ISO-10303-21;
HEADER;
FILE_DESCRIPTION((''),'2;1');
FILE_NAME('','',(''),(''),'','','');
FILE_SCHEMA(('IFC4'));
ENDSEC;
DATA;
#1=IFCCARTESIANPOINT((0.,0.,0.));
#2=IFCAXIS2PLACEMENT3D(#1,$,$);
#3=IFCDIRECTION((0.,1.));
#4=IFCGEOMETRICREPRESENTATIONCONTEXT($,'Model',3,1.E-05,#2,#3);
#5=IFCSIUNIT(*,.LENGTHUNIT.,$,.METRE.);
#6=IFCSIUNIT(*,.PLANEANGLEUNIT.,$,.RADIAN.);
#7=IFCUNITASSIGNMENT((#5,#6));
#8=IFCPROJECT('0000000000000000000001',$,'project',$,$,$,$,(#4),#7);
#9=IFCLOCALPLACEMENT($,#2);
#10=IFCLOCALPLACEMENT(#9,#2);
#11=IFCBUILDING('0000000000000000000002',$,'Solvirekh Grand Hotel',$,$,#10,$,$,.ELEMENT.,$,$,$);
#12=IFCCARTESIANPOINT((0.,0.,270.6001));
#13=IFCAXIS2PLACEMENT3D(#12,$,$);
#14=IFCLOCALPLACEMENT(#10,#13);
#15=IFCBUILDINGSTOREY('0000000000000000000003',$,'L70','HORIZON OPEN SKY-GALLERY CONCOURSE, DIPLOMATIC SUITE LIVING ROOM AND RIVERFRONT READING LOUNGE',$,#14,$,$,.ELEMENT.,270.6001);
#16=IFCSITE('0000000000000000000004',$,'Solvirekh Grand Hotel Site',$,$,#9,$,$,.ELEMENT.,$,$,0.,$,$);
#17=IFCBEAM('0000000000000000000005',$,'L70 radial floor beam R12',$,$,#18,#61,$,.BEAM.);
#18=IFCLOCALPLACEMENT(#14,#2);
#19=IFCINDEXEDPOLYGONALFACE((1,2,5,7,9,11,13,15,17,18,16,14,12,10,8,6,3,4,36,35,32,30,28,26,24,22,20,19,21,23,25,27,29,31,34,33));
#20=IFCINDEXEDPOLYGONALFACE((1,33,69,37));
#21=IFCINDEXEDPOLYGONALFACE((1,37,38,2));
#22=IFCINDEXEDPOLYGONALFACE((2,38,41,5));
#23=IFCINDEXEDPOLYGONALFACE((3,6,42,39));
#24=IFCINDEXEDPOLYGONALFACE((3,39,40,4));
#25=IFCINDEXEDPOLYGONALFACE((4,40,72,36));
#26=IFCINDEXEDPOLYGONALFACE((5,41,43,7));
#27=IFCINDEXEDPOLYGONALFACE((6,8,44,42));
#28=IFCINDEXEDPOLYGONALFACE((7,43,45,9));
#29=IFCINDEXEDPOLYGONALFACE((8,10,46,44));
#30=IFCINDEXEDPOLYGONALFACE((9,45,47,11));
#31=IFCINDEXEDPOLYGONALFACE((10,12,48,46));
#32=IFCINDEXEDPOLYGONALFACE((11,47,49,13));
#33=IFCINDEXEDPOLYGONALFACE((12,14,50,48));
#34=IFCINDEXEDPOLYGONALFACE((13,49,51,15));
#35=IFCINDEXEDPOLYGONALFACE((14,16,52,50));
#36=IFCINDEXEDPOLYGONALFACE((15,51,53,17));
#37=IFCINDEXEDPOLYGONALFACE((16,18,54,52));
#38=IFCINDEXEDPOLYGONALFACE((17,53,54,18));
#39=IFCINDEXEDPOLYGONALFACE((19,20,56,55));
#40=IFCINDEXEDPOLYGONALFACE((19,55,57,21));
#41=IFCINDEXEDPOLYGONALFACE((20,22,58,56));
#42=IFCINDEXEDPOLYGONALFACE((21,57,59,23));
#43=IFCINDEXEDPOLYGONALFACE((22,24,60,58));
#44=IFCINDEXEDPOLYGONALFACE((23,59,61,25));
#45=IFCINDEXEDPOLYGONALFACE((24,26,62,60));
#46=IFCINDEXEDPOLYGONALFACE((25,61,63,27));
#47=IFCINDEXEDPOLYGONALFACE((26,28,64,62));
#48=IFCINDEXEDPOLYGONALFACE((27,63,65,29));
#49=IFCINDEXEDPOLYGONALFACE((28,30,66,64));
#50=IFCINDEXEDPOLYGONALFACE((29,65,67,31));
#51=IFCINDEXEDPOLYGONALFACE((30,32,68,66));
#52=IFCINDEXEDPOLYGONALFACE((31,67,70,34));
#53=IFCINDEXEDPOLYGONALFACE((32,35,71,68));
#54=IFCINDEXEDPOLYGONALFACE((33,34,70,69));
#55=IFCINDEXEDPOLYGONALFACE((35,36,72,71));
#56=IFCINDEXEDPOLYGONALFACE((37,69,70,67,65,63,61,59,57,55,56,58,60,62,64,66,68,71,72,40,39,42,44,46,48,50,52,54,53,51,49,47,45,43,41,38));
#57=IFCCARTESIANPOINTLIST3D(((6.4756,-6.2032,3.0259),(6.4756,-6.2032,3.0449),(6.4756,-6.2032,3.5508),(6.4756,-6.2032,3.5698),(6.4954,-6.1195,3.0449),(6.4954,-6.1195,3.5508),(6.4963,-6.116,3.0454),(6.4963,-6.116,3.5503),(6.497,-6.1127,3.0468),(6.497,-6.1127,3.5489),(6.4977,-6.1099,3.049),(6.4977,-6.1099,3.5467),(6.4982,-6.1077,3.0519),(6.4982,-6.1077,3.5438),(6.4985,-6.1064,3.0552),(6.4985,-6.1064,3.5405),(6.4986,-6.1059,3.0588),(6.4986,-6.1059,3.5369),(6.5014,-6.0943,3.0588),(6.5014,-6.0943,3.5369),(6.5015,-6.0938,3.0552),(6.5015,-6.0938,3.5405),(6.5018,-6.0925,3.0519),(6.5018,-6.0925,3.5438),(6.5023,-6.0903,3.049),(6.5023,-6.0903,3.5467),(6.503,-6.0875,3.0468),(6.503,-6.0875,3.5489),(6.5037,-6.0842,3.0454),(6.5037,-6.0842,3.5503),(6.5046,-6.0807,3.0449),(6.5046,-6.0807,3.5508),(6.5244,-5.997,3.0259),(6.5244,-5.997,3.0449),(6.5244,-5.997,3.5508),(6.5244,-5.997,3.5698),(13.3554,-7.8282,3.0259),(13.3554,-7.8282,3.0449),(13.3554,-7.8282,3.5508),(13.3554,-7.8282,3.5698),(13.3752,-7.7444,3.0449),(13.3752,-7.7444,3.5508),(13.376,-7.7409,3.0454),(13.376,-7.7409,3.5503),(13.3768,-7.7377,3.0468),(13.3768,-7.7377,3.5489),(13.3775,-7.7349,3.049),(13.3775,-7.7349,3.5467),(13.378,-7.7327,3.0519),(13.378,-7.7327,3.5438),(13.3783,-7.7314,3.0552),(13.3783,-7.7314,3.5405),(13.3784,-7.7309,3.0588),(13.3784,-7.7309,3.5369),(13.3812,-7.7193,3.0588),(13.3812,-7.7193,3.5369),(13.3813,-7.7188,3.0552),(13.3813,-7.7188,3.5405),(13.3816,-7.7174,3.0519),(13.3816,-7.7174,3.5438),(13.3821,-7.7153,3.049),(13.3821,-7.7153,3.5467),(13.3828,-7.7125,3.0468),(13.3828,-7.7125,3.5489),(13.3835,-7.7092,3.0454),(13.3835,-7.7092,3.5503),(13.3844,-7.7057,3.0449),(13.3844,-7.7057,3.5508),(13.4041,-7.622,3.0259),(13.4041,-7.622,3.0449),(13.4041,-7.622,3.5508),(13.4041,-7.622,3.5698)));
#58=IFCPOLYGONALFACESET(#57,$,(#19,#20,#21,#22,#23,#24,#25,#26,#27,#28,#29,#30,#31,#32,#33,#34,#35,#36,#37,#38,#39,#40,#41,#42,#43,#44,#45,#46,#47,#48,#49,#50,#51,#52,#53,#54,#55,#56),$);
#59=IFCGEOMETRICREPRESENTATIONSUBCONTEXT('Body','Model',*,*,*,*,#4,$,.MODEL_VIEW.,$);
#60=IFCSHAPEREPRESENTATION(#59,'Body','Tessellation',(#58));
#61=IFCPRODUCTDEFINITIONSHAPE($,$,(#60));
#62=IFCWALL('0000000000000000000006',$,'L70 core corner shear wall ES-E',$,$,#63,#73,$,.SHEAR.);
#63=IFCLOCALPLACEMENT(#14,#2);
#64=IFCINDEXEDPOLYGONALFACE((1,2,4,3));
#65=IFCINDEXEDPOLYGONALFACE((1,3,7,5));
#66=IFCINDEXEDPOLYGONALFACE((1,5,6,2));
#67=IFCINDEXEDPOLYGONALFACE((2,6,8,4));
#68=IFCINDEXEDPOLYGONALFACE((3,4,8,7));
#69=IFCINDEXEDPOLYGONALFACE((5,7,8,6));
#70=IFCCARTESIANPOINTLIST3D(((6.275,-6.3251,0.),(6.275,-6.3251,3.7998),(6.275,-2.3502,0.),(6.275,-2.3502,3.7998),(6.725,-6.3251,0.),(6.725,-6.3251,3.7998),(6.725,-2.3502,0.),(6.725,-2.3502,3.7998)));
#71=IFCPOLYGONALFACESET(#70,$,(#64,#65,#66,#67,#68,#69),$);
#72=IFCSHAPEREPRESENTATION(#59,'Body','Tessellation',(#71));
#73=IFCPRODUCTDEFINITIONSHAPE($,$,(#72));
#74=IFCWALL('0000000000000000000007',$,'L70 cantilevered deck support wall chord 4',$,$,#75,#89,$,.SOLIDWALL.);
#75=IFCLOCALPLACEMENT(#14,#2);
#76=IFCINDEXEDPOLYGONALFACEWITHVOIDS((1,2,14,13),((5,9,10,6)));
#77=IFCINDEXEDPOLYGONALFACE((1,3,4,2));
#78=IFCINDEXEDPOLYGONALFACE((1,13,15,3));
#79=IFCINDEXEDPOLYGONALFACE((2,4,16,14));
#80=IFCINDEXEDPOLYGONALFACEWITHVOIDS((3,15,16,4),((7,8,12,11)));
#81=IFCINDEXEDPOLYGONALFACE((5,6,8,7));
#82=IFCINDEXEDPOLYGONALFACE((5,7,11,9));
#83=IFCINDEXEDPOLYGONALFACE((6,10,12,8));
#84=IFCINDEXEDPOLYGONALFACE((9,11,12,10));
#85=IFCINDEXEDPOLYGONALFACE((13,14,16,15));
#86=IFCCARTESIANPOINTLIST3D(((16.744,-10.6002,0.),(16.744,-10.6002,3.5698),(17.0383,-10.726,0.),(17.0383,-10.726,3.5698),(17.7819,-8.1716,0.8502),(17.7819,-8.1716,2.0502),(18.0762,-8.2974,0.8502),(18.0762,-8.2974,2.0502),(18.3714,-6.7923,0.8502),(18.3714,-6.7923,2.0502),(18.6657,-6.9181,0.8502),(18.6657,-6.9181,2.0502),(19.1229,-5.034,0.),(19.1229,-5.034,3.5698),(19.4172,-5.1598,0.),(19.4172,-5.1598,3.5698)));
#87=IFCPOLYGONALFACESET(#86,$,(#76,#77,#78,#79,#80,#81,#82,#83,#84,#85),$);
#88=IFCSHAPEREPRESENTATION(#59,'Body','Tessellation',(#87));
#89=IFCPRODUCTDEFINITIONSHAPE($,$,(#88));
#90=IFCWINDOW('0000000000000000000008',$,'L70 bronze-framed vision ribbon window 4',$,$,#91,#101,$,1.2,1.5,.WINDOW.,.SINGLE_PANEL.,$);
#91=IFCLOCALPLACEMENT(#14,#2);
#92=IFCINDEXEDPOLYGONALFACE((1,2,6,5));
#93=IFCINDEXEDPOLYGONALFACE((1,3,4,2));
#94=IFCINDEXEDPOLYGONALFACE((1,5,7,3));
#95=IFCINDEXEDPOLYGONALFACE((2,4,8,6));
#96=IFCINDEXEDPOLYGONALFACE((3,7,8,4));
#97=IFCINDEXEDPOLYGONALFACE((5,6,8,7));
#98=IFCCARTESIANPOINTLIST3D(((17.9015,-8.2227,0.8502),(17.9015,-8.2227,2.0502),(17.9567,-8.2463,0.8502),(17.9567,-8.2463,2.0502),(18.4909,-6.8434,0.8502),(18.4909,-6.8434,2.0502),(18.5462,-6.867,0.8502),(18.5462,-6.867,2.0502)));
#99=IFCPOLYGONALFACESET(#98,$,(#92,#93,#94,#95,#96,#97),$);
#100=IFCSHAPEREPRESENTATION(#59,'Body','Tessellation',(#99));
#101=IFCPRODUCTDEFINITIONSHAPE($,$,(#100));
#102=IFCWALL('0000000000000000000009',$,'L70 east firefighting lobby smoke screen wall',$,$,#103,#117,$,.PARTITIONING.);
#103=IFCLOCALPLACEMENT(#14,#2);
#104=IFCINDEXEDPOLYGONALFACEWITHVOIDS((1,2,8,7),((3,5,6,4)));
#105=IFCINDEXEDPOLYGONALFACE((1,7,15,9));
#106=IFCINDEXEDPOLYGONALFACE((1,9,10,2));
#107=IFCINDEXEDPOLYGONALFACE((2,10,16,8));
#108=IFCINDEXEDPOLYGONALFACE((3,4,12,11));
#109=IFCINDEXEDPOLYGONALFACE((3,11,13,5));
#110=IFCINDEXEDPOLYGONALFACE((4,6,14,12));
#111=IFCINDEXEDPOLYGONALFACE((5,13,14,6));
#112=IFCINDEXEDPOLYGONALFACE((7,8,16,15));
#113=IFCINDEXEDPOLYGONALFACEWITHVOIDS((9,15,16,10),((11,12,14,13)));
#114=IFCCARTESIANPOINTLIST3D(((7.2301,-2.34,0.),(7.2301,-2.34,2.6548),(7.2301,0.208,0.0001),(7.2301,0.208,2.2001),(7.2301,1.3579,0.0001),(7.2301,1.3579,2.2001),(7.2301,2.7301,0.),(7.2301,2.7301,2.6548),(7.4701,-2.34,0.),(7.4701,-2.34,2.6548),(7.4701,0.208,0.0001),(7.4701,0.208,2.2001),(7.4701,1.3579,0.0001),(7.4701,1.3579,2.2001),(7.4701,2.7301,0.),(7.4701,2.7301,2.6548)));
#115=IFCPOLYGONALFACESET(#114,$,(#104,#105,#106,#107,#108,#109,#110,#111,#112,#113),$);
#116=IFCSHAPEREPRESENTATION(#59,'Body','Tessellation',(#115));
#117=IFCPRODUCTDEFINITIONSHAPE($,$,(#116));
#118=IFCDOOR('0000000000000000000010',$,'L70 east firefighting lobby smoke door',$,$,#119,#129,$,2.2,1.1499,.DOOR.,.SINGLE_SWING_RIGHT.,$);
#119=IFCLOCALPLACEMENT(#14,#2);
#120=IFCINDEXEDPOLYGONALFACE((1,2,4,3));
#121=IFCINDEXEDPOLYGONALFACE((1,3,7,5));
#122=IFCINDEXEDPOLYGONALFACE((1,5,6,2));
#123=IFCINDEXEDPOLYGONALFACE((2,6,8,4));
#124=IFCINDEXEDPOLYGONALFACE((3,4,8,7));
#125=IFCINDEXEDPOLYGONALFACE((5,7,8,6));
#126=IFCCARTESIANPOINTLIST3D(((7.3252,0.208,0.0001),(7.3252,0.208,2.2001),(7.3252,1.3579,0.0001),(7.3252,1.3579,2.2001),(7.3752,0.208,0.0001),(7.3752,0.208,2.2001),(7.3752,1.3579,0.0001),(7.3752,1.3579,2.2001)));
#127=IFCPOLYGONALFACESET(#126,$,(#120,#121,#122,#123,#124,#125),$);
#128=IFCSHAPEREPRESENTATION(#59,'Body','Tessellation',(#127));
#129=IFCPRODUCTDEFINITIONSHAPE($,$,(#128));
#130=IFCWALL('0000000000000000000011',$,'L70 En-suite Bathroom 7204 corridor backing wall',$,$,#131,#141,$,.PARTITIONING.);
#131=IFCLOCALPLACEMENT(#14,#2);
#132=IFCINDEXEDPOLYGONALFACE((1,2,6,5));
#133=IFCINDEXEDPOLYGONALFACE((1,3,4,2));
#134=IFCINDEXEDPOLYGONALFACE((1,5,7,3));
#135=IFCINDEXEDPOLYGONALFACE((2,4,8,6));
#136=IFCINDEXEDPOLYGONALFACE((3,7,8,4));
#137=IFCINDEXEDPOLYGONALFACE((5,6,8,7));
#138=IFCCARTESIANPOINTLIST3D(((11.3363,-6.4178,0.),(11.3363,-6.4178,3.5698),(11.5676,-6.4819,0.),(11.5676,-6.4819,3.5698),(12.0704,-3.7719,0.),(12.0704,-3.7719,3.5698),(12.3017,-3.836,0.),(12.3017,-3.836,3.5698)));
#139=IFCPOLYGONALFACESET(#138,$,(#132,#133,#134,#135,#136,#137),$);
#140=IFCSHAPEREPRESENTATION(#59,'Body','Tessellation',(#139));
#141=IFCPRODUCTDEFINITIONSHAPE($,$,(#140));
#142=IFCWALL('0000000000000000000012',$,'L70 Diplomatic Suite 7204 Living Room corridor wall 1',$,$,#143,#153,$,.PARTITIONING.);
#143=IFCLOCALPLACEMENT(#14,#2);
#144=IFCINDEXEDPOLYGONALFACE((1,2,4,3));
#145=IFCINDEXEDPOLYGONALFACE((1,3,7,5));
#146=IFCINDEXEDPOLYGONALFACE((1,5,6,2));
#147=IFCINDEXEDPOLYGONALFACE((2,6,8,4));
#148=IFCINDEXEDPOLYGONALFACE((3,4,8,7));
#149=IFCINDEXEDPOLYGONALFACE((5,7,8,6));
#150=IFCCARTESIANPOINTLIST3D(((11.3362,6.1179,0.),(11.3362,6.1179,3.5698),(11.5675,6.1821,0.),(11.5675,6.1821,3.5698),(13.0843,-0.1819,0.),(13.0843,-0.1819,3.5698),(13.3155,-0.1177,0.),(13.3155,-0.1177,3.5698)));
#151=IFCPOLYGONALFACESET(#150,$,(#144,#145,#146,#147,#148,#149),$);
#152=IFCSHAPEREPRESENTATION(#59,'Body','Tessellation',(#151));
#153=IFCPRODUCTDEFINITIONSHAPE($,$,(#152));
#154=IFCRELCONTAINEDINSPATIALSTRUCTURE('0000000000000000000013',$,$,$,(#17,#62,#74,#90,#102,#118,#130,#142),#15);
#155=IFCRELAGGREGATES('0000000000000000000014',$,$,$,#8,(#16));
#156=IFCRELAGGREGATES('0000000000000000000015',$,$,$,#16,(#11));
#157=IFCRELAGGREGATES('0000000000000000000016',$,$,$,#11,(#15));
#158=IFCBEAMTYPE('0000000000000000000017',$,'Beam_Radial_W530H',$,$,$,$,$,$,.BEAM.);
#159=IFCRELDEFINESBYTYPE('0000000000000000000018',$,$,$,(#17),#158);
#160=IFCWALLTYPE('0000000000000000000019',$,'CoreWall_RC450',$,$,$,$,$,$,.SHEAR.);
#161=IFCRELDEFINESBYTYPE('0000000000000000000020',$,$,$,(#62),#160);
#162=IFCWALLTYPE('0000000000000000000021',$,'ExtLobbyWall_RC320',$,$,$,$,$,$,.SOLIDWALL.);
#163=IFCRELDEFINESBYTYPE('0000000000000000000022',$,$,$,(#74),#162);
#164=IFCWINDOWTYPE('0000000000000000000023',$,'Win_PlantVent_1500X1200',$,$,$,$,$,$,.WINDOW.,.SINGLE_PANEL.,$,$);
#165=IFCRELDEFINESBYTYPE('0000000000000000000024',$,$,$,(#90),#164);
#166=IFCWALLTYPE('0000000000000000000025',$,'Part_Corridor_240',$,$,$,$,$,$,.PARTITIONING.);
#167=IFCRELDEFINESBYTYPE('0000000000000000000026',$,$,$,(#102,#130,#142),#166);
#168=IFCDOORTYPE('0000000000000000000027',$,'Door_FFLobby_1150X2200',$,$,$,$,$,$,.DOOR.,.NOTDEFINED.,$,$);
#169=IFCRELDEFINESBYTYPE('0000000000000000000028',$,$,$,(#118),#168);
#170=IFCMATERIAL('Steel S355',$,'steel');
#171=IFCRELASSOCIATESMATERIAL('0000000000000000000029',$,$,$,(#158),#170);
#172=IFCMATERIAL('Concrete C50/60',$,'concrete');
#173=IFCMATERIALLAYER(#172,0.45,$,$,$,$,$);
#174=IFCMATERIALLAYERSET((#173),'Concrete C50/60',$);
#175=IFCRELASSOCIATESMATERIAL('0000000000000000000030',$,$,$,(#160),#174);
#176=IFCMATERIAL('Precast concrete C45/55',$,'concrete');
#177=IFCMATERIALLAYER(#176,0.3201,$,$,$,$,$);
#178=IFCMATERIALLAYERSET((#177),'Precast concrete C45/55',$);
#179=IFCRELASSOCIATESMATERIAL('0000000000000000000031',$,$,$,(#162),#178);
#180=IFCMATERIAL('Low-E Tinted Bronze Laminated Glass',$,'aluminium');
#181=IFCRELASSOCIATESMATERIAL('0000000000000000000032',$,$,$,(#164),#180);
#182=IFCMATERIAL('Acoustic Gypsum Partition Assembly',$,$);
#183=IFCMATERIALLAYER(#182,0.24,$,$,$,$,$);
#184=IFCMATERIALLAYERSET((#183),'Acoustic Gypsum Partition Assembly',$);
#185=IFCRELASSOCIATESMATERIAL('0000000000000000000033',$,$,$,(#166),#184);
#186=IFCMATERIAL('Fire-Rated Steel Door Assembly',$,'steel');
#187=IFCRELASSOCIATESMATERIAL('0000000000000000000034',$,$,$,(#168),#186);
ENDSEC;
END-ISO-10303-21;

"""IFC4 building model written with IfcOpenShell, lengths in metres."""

from ifc_helpers import new_model, si_unit, direction, frame, frame_2d, origin, origin_2d, place, context, subcontext, project, spatial, rectangle, i_section, extrude, material, layer, layer_set, material_profile, profile_set, type_object, element, fill, save


model = new_model("IFC4")

# Units and contexts
model_context = context("Model", 3, precision=1e-05, world=origin(), true_north=direction((0.0, 1.0)))
body_context = subcontext(model_context, "Body", "Model", "MODEL_VIEW")
ifc_project = project(units=[si_unit("LENGTHUNIT", "METRE"), si_unit("PLANEANGLEUNIT", "RADIAN")], contexts=[model_context])

# Site, building, storey
site_placement = place(None, origin())
site = spatial("IfcSite", under=ifc_project, at=site_placement, Name="Solvirekh Grand Hotel Site", CompositionType="ELEMENT", RefElevation=0.0)
building_placement = place(site_placement, origin())
building = spatial("IfcBuilding", under=site, at=building_placement, Name="Solvirekh Grand Hotel", CompositionType="ELEMENT")
storey_placement = place(building_placement, frame((0.0, 0.0, 270.6001)))
storey = spatial("IfcBuildingStorey", under=building, at=storey_placement, Name="L70", Description="HORIZON OPEN SKY-GALLERY CONCOURSE, DIPLOMATIC SUITE LIVING ROOM AND RIVERFRONT READING LOUNGE", CompositionType="ELEMENT", Elevation=270.6001)

# Shared definitions
ifc_material_1 = material(Name="Concrete C50/60", Category="concrete")

# Beam
ifc_material_2 = material(Name="Steel S355", Category="steel")
ifc_material_profile_1 = material_profile(ifc_material_2, i_section(OverallWidth=0.2119, OverallDepth=0.5439, WebThickness=0.012, FlangeThickness=0.019, FilletRadius=0.0139, at=origin_2d()), Name="W530X123")
ifc_profile_set_1 = profile_set([ifc_material_profile_1], Name="Steel S355")
beam_type_1 = type_object("IfcBeamType", Name="Beam_Radial_W530H", PredefinedType="BEAM", material=ifc_profile_set_1)
beam_1_placement = place(storey_placement, frame((6.5, -6.1001, 3.2979), z_axis=(0.973221, -0.229871, 0.0), x_axis=(0.229871, 0.973221, 0.0)))
element("IfcBeam", 1, at=beam_1_placement, inside=storey, type_object=beam_type_1, Name="L70 radial floor beam R12", PredefinedType="BEAM", context=body_context, shape_type="SweptSolid", body=[
    extrude(i_section(OverallWidth=0.2119, OverallDepth=0.5439, WebThickness=0.012, FlangeThickness=0.019, FilletRadius=0.0139, at=origin_2d()), origin(), (0.0, 0.0, 1.0), 7.0691),
])

# Wall
ifc_layer_1 = layer(ifc_material_1, 0.45)
ifc_layer_set_1 = layer_set([ifc_layer_1], Name="Concrete C50/60")
wall_type_1 = type_object("IfcWallType", Name="CoreWall_RC450", PredefinedType="SHEAR", material=ifc_layer_set_1)
wall_1_placement = place(storey_placement, frame((6.5, -6.325, 0.0), z_axis=(0.0, 0.0, 1.0), x_axis=(0.0, 1.0, 0.0)))
element("IfcWall", 2, at=wall_1_placement, inside=storey, type_object=wall_type_1, Name="L70 core corner shear wall ES-E", PredefinedType="SHEAR", context=body_context, shape_type="SweptSolid", body=[
    extrude(rectangle(XDim=3.9749, YDim=0.45, at=frame_2d((1.9873, 0.0))), origin(), (0.0, 0.0, 1.0), 3.7998),
])

# Wall, opening, window
ifc_material_3 = material(Name="Precast concrete C45/55", Category="concrete")
ifc_layer_2 = layer(ifc_material_3, 0.3201)
ifc_layer_set_2 = layer_set([ifc_layer_2], Name="Precast concrete C45/55")
wall_type_2 = type_object("IfcWallType", Name="ExtLobbyWall_RC320", PredefinedType="SOLIDWALL", material=ifc_layer_set_2)
wall_2_placement = place(storey_placement, frame((19.27, -5.0969, 0.0), z_axis=(0.0, 0.0, 1.0), x_axis=(-0.392999, -0.919539, 0.0)))
wall_2 = element("IfcWall", 3, at=wall_2_placement, inside=storey, type_object=wall_type_2, Name="L70 cantilevered deck support wall chord 4", PredefinedType="SOLIDWALL", context=body_context, shape_type="SweptSolid", body=[
    extrude(rectangle(XDim=6.0532, YDim=0.3201, at=frame_2d((3.0266, 0.0))), origin(), (0.0, 0.0, 1.0), 3.5698),
])
opening_1_placement = place(wall_2_placement, frame((1.9121, 0.0, 0.8501)))
opening_1 = element("IfcOpeningElement", 4, at=opening_1_placement, cuts=wall_2, PredefinedType="OPENING", context=body_context, shape_type="SweptSolid", body=[
    extrude(rectangle(XDim=1.5, YDim=1.2, at=frame_2d((0.75, 0.6001))), frame((0.0, 0.1699, 0.0), z_axis=(0.0, -1.0, 0.0), x_axis=(1.0, 0.0, 0.0)), (0.0, 0.0, 1.0), 0.3401),
])
ifc_material_4 = material(Name="Low-E Tinted Bronze Laminated Glass", Category="aluminium")
window_type = type_object("IfcWindowType", Name="Win_PlantVent_1500X1200", PartitioningType="SINGLE_PANEL", PredefinedType="WINDOW", material=ifc_material_4)
window_placement = place(opening_1_placement, origin())
window = element("IfcWindow", 5, at=window_placement, inside=storey, type_object=window_type, Name="L70 bronze-framed vision ribbon window 4", OverallHeight=1.2, OverallWidth=1.5, PartitioningType="SINGLE_PANEL", PredefinedType="WINDOW", context=body_context, shape_type="SweptSolid", body=[
    extrude(rectangle(XDim=1.5, YDim=1.2, at=frame_2d((0.75, 0.6001))), frame((0.0, 0.03, 0.0), z_axis=(0.0, -1.0, 0.0), x_axis=(1.0, 0.0, 0.0)), (0.0, 0.0, 1.0), 0.0601),
])
fill(opening_1, window)

# Wall, opening, door
ifc_material_5 = material(Name="Acoustic Gypsum Partition Assembly")
ifc_layer_3 = layer(ifc_material_5, 0.24)
ifc_layer_set_3 = layer_set([ifc_layer_3], Name="Acoustic Gypsum Partition Assembly")
wall_type_3 = type_object("IfcWallType", Name="Part_Corridor_240", PredefinedType="PARTITIONING", material=ifc_layer_set_3)
wall_3_placement = place(storey_placement, frame((7.3501, -2.3401, 0.0), z_axis=(0.0, 0.0, 1.0), x_axis=(0.0, 1.0, 0.0)))
wall_3 = element("IfcWall", 6, at=wall_3_placement, inside=storey, type_object=wall_type_3, Name="L70 east firefighting lobby smoke screen wall", PredefinedType="PARTITIONING", context=body_context, shape_type="SweptSolid", body=[
    extrude(rectangle(XDim=5.0701, YDim=0.24, at=frame_2d((2.5352, 0.0))), origin(), (0.0, 0.0, 1.0), 2.6548),
])
opening_2_placement = place(wall_3_placement, frame((2.5481, 0.0, 0.0)))
opening_2 = element("IfcOpeningElement", 7, at=opening_2_placement, cuts=wall_3, PredefinedType="OPENING", context=body_context, shape_type="SweptSolid", body=[
    extrude(rectangle(XDim=1.1499, YDim=2.2, at=frame_2d((0.575, 1.1001))), frame((0.0, 0.1299, 0.0), z_axis=(0.0, -1.0, 0.0), x_axis=(1.0, 0.0, 0.0)), (0.0, 0.0, 1.0), 0.26),
])
ifc_material_6 = material(Name="Fire-Rated Steel Door Assembly", Category="steel")
door_type_1 = type_object("IfcDoorType", Name="Door_FFLobby_1150X2200", OperationType="NOTDEFINED", PredefinedType="DOOR", material=ifc_material_6)
door_1_placement = place(opening_2_placement, origin())
door_1 = element("IfcDoor", 8, at=door_1_placement, inside=storey, type_object=door_type_1, Name="L70 east firefighting lobby smoke door", OperationType="SINGLE_SWING_RIGHT", OverallHeight=2.2, OverallWidth=1.1499, PredefinedType="DOOR", context=body_context, shape_type="SweptSolid", body=[
    extrude(rectangle(XDim=1.1499, YDim=2.2, at=frame_2d((0.575, 1.1001))), frame((0.0, 0.0249, 0.0), z_axis=(0.0, -1.0, 0.0), x_axis=(1.0, 0.0, 0.0)), (0.0, 0.0, 1.0), 0.05),
])
fill(opening_2, door_1)

# Walls
wall_4_placement = place(storey_placement, frame((11.4519, -6.45, 0.0), z_axis=(0.0, 0.0, 1.0), x_axis=(0.26735, 0.963599, 0.0)))
element("IfcWall", 9, at=wall_4_placement, inside=storey, type_object=wall_type_3, Name="L70 En-suite Bathroom 7204 corridor backing wall", PredefinedType="PARTITIONING", context=body_context, shape_type="SweptSolid", body=[
    extrude(rectangle(XDim=2.7458, YDim=0.24, at=frame_2d((1.373, 0.0))), origin(), (0.0, 0.0, 1.0), 3.5698),
])
wall_5_placement = place(storey_placement, frame((13.2, -0.1499, 0.0), z_axis=(0.0, 0.0, 1.0), x_axis=(-0.267374, 0.963593, 0.0)))
element("IfcWall", 10, at=wall_5_placement, inside=storey, type_object=wall_type_3, Name="L70 Diplomatic Suite 7204 Living Room corridor wall 1", PredefinedType="PARTITIONING", context=body_context, shape_type="SweptSolid", body=[
    extrude(rectangle(XDim=6.5378, YDim=0.24, at=frame_2d((3.269, 0.0))), origin(), (0.0, 0.0, 1.0), 3.5698),
])

save(model, "model.ifc")
